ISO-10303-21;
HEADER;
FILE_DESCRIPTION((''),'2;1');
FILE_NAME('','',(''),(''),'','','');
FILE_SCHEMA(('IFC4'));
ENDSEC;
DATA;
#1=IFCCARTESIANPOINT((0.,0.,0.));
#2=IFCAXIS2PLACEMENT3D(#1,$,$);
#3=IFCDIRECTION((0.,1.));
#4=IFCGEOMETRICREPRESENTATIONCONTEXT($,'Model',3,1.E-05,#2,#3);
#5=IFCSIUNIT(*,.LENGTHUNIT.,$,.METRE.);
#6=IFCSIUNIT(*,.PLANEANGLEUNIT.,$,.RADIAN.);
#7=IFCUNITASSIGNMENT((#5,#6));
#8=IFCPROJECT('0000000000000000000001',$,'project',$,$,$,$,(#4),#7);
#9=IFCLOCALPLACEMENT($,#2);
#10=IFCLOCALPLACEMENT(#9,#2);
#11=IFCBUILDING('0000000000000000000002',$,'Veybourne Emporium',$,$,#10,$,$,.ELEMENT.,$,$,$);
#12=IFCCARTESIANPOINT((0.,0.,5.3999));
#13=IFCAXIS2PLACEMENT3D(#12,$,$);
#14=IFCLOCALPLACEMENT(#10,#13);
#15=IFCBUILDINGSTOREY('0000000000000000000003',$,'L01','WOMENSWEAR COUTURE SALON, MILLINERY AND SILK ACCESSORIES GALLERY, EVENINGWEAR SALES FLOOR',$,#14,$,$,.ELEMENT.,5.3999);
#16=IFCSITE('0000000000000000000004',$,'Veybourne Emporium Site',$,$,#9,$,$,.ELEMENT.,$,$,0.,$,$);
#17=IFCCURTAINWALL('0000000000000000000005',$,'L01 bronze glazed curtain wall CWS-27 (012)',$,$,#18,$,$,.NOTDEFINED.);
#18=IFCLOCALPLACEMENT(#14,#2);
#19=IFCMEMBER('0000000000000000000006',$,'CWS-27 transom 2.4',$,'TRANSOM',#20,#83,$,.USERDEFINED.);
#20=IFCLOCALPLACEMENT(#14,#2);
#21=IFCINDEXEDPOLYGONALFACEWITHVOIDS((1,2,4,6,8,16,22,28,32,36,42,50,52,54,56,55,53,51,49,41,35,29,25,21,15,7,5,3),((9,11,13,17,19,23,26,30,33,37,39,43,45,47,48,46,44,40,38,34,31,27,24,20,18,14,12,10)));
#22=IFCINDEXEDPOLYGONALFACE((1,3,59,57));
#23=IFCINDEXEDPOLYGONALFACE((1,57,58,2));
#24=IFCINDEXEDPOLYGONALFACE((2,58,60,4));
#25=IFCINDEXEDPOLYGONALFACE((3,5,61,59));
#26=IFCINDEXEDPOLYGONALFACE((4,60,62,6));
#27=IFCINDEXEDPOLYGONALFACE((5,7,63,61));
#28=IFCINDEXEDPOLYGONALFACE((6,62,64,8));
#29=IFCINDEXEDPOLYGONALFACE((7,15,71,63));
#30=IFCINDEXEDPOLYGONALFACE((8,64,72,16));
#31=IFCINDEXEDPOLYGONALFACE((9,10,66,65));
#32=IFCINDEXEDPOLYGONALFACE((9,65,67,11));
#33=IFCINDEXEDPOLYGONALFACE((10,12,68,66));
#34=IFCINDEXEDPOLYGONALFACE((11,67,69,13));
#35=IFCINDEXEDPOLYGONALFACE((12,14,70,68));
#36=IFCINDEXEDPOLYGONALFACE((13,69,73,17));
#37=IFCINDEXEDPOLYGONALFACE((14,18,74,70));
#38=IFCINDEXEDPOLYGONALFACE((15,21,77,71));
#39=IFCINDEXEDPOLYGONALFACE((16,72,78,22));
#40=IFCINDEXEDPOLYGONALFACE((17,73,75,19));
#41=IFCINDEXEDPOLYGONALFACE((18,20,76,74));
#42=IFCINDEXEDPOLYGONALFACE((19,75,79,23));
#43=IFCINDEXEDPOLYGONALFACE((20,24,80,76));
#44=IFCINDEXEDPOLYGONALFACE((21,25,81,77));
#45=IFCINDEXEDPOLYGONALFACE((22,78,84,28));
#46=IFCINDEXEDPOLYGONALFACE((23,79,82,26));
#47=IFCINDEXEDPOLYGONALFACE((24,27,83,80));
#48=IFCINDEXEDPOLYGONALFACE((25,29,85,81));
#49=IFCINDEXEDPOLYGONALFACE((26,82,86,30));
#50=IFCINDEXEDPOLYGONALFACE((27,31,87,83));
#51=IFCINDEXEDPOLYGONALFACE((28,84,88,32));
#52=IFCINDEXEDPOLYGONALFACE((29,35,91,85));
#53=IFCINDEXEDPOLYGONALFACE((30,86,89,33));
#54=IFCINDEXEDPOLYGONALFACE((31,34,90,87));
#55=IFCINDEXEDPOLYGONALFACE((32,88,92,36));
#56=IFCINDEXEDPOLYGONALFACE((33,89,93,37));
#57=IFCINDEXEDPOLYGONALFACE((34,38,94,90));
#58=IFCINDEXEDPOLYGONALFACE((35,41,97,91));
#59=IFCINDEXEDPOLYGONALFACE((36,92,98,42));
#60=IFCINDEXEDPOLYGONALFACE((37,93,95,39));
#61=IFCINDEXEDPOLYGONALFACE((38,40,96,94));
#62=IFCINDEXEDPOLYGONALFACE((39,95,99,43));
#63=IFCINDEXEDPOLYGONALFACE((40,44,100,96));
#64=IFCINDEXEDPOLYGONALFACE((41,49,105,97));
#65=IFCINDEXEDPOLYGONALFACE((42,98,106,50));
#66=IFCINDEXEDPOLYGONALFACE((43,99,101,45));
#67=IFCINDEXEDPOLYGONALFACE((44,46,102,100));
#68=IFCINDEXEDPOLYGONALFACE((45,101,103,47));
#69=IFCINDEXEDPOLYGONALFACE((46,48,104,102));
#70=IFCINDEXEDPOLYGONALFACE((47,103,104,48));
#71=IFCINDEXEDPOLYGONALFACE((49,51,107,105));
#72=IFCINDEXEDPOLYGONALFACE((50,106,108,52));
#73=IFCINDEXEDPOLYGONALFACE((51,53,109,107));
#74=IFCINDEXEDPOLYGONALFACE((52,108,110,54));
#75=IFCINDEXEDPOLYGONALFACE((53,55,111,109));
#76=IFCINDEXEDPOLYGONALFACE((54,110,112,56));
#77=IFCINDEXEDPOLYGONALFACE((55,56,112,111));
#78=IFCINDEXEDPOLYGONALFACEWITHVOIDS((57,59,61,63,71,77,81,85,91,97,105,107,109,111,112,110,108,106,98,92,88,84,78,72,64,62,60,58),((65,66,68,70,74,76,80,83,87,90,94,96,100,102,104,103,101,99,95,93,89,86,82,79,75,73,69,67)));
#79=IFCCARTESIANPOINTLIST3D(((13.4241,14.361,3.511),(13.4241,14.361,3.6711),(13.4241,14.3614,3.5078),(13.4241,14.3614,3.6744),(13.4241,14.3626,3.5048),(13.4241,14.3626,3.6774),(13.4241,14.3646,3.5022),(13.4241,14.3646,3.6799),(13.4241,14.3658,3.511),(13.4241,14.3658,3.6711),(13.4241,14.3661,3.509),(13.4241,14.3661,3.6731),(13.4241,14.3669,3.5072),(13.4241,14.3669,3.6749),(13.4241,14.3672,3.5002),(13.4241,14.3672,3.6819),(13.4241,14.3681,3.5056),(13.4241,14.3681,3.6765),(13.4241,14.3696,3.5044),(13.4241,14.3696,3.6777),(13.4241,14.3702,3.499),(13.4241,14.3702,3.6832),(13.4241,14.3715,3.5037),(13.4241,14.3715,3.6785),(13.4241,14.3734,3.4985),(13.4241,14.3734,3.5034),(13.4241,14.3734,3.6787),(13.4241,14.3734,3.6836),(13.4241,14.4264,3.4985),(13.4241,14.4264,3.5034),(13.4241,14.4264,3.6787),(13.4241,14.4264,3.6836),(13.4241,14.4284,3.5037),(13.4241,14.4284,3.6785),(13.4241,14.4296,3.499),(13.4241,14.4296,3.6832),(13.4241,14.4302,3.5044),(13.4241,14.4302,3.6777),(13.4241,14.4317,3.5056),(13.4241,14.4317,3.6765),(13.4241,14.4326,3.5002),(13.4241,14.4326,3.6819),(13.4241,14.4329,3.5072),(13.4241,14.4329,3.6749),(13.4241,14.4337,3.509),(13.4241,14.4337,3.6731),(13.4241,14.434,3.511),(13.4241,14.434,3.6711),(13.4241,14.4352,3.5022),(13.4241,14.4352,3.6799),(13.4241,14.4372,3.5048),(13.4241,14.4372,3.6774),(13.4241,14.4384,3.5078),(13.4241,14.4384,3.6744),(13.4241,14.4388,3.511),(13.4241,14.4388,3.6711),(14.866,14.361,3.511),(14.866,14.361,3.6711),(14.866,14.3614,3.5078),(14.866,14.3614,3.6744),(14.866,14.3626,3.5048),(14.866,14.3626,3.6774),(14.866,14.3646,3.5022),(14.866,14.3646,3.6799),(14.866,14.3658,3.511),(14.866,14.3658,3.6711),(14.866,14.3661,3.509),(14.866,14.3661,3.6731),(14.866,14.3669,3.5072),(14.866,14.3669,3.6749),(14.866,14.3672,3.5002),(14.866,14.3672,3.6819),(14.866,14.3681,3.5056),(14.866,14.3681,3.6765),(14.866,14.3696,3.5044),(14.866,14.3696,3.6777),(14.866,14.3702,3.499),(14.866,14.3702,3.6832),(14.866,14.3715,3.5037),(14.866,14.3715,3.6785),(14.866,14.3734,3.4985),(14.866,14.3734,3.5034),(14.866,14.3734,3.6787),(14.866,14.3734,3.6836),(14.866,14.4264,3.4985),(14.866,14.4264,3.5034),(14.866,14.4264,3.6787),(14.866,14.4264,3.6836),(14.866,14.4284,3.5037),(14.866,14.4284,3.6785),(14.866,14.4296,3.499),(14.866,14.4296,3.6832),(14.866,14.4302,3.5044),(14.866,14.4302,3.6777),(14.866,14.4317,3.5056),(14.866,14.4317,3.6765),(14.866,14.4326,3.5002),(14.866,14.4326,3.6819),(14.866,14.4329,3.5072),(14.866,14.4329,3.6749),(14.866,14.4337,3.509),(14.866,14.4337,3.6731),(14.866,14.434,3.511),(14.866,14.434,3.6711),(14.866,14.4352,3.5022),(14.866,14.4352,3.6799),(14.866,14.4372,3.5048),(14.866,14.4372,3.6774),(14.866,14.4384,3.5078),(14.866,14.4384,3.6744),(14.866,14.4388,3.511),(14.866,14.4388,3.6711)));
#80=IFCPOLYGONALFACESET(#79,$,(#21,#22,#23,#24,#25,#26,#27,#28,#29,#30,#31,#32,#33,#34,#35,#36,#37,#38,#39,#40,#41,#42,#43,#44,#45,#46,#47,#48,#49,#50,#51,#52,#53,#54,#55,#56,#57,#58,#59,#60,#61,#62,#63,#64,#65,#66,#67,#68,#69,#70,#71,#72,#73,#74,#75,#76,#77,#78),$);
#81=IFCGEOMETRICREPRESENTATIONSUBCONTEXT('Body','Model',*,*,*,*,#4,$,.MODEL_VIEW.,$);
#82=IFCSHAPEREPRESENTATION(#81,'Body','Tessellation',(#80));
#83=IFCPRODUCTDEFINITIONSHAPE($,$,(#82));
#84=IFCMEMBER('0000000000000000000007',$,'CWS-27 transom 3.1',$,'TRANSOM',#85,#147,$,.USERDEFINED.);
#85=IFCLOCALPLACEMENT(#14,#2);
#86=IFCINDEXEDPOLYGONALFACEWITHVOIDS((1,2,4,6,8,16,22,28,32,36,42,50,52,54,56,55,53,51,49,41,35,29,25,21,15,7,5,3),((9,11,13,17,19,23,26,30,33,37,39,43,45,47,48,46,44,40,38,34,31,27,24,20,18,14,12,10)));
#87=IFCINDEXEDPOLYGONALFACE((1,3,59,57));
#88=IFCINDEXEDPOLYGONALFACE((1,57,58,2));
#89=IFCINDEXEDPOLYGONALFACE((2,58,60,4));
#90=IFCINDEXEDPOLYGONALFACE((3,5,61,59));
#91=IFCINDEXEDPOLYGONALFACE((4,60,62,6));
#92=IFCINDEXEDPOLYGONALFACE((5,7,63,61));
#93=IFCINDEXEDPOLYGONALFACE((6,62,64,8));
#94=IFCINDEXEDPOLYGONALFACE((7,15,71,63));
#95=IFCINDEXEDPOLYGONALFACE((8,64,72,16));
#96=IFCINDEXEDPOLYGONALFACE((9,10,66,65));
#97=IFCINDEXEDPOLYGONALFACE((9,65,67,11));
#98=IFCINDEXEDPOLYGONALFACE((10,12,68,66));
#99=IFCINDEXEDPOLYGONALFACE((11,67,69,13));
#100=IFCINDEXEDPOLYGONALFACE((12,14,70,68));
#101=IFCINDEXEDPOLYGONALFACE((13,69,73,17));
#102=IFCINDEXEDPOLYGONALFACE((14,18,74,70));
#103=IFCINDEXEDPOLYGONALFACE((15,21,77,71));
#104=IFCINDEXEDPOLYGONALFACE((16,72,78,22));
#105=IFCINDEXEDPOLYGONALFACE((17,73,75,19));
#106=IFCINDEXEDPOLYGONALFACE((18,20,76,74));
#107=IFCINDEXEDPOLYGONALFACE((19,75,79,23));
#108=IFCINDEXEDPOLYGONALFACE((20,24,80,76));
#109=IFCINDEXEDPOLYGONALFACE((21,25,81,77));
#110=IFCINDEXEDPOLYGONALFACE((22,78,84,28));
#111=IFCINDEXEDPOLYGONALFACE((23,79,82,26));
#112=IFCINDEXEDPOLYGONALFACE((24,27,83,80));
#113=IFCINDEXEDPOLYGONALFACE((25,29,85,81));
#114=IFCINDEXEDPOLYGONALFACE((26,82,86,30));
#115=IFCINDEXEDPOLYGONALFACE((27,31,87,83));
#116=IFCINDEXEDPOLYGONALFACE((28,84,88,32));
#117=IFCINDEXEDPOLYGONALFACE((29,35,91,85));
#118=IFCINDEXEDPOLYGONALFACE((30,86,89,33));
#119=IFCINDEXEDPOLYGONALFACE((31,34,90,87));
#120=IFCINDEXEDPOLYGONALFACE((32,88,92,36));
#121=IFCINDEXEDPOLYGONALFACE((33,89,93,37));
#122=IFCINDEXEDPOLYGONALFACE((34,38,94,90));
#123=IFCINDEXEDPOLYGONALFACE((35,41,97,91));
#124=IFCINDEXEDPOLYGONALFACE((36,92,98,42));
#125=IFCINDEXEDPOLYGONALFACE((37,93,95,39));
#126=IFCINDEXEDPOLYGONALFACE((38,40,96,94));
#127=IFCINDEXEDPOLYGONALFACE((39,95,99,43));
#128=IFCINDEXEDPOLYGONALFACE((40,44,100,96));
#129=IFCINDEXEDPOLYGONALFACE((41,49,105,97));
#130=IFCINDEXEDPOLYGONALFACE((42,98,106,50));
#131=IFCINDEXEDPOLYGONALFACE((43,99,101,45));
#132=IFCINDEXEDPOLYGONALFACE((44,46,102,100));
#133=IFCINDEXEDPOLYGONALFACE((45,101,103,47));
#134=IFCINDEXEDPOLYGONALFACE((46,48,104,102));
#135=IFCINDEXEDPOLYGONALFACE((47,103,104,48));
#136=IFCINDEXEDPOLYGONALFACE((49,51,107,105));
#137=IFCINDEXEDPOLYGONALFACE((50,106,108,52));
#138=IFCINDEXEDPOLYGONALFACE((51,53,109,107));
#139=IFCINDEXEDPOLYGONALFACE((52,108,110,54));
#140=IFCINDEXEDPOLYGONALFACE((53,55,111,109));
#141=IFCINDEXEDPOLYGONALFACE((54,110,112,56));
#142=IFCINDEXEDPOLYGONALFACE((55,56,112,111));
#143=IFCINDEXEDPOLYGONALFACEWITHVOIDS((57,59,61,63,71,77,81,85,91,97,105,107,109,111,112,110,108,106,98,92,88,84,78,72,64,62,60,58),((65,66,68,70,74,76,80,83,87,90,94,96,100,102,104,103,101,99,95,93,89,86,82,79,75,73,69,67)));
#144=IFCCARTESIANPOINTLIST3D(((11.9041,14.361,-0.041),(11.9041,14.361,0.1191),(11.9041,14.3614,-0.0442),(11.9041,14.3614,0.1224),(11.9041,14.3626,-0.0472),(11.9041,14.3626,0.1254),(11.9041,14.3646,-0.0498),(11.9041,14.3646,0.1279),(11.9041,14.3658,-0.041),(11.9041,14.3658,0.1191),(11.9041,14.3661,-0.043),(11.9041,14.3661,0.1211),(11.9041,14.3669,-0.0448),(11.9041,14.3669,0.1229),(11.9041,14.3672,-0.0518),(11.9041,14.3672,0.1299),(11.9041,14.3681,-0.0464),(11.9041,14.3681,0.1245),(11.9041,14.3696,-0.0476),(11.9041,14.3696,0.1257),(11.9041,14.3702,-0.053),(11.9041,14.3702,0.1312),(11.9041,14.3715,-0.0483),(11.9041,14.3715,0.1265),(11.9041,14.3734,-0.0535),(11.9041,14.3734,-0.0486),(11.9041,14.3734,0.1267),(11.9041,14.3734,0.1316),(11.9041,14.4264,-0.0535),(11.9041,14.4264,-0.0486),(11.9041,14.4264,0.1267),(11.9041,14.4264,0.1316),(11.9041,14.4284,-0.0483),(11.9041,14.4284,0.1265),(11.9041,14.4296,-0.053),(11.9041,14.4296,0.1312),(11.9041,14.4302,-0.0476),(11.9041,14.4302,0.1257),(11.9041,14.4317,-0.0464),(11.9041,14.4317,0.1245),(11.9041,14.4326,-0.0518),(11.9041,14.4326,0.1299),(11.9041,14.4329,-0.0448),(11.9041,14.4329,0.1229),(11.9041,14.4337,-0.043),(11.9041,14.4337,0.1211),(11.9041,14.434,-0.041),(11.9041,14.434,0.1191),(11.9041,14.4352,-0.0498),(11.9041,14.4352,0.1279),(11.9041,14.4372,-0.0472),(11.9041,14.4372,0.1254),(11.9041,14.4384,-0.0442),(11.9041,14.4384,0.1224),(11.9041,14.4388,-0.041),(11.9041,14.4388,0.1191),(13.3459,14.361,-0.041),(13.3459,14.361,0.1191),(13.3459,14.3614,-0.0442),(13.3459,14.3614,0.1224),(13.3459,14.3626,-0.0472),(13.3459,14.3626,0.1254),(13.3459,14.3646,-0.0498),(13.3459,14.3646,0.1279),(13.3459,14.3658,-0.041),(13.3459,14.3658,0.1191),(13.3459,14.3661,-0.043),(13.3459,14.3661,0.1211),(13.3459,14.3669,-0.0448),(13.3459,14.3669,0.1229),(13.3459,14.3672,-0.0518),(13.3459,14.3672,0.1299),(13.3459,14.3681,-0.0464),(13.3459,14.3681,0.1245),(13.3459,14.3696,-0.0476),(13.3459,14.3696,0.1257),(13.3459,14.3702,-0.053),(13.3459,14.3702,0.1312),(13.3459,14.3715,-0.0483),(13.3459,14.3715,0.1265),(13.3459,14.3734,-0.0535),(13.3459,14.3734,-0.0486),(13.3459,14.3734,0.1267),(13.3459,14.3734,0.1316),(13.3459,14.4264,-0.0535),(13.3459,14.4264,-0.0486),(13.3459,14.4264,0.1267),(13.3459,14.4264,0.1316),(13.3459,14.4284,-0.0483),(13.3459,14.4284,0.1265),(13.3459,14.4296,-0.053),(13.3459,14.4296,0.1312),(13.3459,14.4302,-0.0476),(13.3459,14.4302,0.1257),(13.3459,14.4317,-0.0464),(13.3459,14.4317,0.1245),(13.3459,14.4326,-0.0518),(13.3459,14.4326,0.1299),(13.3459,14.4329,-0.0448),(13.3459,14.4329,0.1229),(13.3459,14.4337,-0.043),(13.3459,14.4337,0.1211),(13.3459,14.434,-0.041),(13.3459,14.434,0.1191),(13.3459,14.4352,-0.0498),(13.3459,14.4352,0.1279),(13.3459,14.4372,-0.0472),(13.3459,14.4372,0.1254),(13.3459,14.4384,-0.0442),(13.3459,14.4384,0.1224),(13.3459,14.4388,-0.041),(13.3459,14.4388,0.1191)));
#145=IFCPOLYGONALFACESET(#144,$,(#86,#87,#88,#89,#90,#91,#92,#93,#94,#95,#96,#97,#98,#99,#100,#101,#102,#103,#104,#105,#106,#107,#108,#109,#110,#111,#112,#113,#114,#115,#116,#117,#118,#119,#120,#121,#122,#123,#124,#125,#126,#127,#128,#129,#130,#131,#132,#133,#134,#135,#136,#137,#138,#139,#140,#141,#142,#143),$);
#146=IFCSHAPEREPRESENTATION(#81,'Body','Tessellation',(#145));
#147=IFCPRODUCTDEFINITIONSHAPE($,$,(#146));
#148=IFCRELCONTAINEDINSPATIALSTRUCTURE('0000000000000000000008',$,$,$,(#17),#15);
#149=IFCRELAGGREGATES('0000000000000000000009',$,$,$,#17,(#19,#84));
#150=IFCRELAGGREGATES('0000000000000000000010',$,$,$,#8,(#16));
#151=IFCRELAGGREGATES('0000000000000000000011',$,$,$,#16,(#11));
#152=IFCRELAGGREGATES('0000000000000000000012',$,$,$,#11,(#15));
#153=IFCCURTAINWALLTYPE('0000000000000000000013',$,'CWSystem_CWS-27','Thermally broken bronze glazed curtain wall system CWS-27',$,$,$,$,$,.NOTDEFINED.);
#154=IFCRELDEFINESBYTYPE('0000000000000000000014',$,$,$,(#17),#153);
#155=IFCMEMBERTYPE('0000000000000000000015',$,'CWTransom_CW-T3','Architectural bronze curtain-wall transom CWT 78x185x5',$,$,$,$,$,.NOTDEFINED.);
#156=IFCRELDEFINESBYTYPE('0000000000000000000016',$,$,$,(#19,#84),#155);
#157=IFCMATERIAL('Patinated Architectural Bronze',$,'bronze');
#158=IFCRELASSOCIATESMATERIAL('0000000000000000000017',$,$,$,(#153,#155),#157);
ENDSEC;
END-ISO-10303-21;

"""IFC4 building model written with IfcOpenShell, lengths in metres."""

from ifc_helpers import new_model, si_unit, direction, frame, origin, origin_2d, place, context, subcontext, project, spatial, hollow_rectangle, extrude, material, material_profile, profile_set, type_object, element, aggregate, save


model = new_model("IFC4")

# Units and contexts
model_context = context("Model", 3, precision=1e-05, world=origin(), true_north=direction((0.0, 1.0)))
body_context = subcontext(model_context, "Body", "Model", "MODEL_VIEW")
ifc_project = project(units=[si_unit("LENGTHUNIT", "METRE"), si_unit("PLANEANGLEUNIT", "RADIAN")], contexts=[model_context])

# Site, building, storey
site_placement = place(None, origin())
site = spatial("IfcSite", under=ifc_project, at=site_placement, Name="Veybourne Emporium Site", CompositionType="ELEMENT", RefElevation=0.0)
building_placement = place(site_placement, origin())
building = spatial("IfcBuilding", under=site, at=building_placement, Name="Veybourne Emporium", CompositionType="ELEMENT")
storey_placement = place(building_placement, frame((0.0, 0.0, 5.3999)))
storey = spatial("IfcBuildingStorey", under=building, at=storey_placement, Name="L01", Description="WOMENSWEAR COUTURE SALON, MILLINERY AND SILK ACCESSORIES GALLERY, EVENINGWEAR SALES FLOOR", CompositionType="ELEMENT", Elevation=5.3999)

# Curtain wall, members
ifc_material_1 = material(Name="Patinated Architectural Bronze", Category="bronze")
curtain_wall_type = type_object("IfcCurtainWallType", Name="CWSystem_CWS-27", Description="Thermally broken bronze glazed curtain wall system CWS-27", PredefinedType="NOTDEFINED", material=ifc_material_1)
curtain_wall_placement = place(storey_placement, origin())
curtain_wall = element("IfcCurtainWall", 1, at=curtain_wall_placement, inside=storey, type_object=curtain_wall_type, Name="L01 bronze glazed curtain wall CWS-27 (012)", PredefinedType="NOTDEFINED")
ifc_material_profile_1 = material_profile(ifc_material_1, hollow_rectangle(XDim=0.0779, YDim=0.1851, WallThickness=0.0049, InnerFilletRadius=0.0076, OuterFilletRadius=0.0125, at=origin_2d()), Name="CWT 78x185x5")
ifc_profile_set_1 = profile_set([ifc_material_profile_1], Name="Patinated Architectural Bronze")
member_type_1 = type_object("IfcMemberType", Name="CWTransom_CW-T3", Description="Architectural bronze curtain-wall transom CWT 78x185x5", PredefinedType="NOTDEFINED", material=ifc_profile_set_1)
member_1_placement = place(storey_placement, frame((14.866, 14.3999, 3.5911), z_axis=(-1.0, 0.0, 0.0), x_axis=(0.0, -1.0, 0.0)))
member_1 = element("IfcMember", 2, at=member_1_placement, type_object=member_type_1, Name="CWS-27 transom 2.4", ObjectType="TRANSOM", PredefinedType="USERDEFINED", context=body_context, shape_type="SweptSolid", body=[
    extrude(hollow_rectangle(XDim=0.0779, YDim=0.1851, WallThickness=0.0049, InnerFilletRadius=0.0076, OuterFilletRadius=0.0125, at=origin_2d()), origin(), (0.0, 0.0, 1.0), 1.4419),
])
member_2_placement = place(storey_placement, frame((13.3459, 14.3999, 0.0391), z_axis=(-1.0, 0.0, 0.0), x_axis=(0.0, -1.0, 0.0)))
member_2 = element("IfcMember", 3, at=member_2_placement, type_object=member_type_1, Name="CWS-27 transom 3.1", ObjectType="TRANSOM", PredefinedType="USERDEFINED", context=body_context, shape_type="SweptSolid", body=[
    extrude(hollow_rectangle(XDim=0.0779, YDim=0.1851, WallThickness=0.0049, InnerFilletRadius=0.0076, OuterFilletRadius=0.0125, at=origin_2d()), origin(), (0.0, 0.0, 1.0), 1.4419),
])
aggregate(curtain_wall, [member_1, member_2])

save(model, "model.ifc")
